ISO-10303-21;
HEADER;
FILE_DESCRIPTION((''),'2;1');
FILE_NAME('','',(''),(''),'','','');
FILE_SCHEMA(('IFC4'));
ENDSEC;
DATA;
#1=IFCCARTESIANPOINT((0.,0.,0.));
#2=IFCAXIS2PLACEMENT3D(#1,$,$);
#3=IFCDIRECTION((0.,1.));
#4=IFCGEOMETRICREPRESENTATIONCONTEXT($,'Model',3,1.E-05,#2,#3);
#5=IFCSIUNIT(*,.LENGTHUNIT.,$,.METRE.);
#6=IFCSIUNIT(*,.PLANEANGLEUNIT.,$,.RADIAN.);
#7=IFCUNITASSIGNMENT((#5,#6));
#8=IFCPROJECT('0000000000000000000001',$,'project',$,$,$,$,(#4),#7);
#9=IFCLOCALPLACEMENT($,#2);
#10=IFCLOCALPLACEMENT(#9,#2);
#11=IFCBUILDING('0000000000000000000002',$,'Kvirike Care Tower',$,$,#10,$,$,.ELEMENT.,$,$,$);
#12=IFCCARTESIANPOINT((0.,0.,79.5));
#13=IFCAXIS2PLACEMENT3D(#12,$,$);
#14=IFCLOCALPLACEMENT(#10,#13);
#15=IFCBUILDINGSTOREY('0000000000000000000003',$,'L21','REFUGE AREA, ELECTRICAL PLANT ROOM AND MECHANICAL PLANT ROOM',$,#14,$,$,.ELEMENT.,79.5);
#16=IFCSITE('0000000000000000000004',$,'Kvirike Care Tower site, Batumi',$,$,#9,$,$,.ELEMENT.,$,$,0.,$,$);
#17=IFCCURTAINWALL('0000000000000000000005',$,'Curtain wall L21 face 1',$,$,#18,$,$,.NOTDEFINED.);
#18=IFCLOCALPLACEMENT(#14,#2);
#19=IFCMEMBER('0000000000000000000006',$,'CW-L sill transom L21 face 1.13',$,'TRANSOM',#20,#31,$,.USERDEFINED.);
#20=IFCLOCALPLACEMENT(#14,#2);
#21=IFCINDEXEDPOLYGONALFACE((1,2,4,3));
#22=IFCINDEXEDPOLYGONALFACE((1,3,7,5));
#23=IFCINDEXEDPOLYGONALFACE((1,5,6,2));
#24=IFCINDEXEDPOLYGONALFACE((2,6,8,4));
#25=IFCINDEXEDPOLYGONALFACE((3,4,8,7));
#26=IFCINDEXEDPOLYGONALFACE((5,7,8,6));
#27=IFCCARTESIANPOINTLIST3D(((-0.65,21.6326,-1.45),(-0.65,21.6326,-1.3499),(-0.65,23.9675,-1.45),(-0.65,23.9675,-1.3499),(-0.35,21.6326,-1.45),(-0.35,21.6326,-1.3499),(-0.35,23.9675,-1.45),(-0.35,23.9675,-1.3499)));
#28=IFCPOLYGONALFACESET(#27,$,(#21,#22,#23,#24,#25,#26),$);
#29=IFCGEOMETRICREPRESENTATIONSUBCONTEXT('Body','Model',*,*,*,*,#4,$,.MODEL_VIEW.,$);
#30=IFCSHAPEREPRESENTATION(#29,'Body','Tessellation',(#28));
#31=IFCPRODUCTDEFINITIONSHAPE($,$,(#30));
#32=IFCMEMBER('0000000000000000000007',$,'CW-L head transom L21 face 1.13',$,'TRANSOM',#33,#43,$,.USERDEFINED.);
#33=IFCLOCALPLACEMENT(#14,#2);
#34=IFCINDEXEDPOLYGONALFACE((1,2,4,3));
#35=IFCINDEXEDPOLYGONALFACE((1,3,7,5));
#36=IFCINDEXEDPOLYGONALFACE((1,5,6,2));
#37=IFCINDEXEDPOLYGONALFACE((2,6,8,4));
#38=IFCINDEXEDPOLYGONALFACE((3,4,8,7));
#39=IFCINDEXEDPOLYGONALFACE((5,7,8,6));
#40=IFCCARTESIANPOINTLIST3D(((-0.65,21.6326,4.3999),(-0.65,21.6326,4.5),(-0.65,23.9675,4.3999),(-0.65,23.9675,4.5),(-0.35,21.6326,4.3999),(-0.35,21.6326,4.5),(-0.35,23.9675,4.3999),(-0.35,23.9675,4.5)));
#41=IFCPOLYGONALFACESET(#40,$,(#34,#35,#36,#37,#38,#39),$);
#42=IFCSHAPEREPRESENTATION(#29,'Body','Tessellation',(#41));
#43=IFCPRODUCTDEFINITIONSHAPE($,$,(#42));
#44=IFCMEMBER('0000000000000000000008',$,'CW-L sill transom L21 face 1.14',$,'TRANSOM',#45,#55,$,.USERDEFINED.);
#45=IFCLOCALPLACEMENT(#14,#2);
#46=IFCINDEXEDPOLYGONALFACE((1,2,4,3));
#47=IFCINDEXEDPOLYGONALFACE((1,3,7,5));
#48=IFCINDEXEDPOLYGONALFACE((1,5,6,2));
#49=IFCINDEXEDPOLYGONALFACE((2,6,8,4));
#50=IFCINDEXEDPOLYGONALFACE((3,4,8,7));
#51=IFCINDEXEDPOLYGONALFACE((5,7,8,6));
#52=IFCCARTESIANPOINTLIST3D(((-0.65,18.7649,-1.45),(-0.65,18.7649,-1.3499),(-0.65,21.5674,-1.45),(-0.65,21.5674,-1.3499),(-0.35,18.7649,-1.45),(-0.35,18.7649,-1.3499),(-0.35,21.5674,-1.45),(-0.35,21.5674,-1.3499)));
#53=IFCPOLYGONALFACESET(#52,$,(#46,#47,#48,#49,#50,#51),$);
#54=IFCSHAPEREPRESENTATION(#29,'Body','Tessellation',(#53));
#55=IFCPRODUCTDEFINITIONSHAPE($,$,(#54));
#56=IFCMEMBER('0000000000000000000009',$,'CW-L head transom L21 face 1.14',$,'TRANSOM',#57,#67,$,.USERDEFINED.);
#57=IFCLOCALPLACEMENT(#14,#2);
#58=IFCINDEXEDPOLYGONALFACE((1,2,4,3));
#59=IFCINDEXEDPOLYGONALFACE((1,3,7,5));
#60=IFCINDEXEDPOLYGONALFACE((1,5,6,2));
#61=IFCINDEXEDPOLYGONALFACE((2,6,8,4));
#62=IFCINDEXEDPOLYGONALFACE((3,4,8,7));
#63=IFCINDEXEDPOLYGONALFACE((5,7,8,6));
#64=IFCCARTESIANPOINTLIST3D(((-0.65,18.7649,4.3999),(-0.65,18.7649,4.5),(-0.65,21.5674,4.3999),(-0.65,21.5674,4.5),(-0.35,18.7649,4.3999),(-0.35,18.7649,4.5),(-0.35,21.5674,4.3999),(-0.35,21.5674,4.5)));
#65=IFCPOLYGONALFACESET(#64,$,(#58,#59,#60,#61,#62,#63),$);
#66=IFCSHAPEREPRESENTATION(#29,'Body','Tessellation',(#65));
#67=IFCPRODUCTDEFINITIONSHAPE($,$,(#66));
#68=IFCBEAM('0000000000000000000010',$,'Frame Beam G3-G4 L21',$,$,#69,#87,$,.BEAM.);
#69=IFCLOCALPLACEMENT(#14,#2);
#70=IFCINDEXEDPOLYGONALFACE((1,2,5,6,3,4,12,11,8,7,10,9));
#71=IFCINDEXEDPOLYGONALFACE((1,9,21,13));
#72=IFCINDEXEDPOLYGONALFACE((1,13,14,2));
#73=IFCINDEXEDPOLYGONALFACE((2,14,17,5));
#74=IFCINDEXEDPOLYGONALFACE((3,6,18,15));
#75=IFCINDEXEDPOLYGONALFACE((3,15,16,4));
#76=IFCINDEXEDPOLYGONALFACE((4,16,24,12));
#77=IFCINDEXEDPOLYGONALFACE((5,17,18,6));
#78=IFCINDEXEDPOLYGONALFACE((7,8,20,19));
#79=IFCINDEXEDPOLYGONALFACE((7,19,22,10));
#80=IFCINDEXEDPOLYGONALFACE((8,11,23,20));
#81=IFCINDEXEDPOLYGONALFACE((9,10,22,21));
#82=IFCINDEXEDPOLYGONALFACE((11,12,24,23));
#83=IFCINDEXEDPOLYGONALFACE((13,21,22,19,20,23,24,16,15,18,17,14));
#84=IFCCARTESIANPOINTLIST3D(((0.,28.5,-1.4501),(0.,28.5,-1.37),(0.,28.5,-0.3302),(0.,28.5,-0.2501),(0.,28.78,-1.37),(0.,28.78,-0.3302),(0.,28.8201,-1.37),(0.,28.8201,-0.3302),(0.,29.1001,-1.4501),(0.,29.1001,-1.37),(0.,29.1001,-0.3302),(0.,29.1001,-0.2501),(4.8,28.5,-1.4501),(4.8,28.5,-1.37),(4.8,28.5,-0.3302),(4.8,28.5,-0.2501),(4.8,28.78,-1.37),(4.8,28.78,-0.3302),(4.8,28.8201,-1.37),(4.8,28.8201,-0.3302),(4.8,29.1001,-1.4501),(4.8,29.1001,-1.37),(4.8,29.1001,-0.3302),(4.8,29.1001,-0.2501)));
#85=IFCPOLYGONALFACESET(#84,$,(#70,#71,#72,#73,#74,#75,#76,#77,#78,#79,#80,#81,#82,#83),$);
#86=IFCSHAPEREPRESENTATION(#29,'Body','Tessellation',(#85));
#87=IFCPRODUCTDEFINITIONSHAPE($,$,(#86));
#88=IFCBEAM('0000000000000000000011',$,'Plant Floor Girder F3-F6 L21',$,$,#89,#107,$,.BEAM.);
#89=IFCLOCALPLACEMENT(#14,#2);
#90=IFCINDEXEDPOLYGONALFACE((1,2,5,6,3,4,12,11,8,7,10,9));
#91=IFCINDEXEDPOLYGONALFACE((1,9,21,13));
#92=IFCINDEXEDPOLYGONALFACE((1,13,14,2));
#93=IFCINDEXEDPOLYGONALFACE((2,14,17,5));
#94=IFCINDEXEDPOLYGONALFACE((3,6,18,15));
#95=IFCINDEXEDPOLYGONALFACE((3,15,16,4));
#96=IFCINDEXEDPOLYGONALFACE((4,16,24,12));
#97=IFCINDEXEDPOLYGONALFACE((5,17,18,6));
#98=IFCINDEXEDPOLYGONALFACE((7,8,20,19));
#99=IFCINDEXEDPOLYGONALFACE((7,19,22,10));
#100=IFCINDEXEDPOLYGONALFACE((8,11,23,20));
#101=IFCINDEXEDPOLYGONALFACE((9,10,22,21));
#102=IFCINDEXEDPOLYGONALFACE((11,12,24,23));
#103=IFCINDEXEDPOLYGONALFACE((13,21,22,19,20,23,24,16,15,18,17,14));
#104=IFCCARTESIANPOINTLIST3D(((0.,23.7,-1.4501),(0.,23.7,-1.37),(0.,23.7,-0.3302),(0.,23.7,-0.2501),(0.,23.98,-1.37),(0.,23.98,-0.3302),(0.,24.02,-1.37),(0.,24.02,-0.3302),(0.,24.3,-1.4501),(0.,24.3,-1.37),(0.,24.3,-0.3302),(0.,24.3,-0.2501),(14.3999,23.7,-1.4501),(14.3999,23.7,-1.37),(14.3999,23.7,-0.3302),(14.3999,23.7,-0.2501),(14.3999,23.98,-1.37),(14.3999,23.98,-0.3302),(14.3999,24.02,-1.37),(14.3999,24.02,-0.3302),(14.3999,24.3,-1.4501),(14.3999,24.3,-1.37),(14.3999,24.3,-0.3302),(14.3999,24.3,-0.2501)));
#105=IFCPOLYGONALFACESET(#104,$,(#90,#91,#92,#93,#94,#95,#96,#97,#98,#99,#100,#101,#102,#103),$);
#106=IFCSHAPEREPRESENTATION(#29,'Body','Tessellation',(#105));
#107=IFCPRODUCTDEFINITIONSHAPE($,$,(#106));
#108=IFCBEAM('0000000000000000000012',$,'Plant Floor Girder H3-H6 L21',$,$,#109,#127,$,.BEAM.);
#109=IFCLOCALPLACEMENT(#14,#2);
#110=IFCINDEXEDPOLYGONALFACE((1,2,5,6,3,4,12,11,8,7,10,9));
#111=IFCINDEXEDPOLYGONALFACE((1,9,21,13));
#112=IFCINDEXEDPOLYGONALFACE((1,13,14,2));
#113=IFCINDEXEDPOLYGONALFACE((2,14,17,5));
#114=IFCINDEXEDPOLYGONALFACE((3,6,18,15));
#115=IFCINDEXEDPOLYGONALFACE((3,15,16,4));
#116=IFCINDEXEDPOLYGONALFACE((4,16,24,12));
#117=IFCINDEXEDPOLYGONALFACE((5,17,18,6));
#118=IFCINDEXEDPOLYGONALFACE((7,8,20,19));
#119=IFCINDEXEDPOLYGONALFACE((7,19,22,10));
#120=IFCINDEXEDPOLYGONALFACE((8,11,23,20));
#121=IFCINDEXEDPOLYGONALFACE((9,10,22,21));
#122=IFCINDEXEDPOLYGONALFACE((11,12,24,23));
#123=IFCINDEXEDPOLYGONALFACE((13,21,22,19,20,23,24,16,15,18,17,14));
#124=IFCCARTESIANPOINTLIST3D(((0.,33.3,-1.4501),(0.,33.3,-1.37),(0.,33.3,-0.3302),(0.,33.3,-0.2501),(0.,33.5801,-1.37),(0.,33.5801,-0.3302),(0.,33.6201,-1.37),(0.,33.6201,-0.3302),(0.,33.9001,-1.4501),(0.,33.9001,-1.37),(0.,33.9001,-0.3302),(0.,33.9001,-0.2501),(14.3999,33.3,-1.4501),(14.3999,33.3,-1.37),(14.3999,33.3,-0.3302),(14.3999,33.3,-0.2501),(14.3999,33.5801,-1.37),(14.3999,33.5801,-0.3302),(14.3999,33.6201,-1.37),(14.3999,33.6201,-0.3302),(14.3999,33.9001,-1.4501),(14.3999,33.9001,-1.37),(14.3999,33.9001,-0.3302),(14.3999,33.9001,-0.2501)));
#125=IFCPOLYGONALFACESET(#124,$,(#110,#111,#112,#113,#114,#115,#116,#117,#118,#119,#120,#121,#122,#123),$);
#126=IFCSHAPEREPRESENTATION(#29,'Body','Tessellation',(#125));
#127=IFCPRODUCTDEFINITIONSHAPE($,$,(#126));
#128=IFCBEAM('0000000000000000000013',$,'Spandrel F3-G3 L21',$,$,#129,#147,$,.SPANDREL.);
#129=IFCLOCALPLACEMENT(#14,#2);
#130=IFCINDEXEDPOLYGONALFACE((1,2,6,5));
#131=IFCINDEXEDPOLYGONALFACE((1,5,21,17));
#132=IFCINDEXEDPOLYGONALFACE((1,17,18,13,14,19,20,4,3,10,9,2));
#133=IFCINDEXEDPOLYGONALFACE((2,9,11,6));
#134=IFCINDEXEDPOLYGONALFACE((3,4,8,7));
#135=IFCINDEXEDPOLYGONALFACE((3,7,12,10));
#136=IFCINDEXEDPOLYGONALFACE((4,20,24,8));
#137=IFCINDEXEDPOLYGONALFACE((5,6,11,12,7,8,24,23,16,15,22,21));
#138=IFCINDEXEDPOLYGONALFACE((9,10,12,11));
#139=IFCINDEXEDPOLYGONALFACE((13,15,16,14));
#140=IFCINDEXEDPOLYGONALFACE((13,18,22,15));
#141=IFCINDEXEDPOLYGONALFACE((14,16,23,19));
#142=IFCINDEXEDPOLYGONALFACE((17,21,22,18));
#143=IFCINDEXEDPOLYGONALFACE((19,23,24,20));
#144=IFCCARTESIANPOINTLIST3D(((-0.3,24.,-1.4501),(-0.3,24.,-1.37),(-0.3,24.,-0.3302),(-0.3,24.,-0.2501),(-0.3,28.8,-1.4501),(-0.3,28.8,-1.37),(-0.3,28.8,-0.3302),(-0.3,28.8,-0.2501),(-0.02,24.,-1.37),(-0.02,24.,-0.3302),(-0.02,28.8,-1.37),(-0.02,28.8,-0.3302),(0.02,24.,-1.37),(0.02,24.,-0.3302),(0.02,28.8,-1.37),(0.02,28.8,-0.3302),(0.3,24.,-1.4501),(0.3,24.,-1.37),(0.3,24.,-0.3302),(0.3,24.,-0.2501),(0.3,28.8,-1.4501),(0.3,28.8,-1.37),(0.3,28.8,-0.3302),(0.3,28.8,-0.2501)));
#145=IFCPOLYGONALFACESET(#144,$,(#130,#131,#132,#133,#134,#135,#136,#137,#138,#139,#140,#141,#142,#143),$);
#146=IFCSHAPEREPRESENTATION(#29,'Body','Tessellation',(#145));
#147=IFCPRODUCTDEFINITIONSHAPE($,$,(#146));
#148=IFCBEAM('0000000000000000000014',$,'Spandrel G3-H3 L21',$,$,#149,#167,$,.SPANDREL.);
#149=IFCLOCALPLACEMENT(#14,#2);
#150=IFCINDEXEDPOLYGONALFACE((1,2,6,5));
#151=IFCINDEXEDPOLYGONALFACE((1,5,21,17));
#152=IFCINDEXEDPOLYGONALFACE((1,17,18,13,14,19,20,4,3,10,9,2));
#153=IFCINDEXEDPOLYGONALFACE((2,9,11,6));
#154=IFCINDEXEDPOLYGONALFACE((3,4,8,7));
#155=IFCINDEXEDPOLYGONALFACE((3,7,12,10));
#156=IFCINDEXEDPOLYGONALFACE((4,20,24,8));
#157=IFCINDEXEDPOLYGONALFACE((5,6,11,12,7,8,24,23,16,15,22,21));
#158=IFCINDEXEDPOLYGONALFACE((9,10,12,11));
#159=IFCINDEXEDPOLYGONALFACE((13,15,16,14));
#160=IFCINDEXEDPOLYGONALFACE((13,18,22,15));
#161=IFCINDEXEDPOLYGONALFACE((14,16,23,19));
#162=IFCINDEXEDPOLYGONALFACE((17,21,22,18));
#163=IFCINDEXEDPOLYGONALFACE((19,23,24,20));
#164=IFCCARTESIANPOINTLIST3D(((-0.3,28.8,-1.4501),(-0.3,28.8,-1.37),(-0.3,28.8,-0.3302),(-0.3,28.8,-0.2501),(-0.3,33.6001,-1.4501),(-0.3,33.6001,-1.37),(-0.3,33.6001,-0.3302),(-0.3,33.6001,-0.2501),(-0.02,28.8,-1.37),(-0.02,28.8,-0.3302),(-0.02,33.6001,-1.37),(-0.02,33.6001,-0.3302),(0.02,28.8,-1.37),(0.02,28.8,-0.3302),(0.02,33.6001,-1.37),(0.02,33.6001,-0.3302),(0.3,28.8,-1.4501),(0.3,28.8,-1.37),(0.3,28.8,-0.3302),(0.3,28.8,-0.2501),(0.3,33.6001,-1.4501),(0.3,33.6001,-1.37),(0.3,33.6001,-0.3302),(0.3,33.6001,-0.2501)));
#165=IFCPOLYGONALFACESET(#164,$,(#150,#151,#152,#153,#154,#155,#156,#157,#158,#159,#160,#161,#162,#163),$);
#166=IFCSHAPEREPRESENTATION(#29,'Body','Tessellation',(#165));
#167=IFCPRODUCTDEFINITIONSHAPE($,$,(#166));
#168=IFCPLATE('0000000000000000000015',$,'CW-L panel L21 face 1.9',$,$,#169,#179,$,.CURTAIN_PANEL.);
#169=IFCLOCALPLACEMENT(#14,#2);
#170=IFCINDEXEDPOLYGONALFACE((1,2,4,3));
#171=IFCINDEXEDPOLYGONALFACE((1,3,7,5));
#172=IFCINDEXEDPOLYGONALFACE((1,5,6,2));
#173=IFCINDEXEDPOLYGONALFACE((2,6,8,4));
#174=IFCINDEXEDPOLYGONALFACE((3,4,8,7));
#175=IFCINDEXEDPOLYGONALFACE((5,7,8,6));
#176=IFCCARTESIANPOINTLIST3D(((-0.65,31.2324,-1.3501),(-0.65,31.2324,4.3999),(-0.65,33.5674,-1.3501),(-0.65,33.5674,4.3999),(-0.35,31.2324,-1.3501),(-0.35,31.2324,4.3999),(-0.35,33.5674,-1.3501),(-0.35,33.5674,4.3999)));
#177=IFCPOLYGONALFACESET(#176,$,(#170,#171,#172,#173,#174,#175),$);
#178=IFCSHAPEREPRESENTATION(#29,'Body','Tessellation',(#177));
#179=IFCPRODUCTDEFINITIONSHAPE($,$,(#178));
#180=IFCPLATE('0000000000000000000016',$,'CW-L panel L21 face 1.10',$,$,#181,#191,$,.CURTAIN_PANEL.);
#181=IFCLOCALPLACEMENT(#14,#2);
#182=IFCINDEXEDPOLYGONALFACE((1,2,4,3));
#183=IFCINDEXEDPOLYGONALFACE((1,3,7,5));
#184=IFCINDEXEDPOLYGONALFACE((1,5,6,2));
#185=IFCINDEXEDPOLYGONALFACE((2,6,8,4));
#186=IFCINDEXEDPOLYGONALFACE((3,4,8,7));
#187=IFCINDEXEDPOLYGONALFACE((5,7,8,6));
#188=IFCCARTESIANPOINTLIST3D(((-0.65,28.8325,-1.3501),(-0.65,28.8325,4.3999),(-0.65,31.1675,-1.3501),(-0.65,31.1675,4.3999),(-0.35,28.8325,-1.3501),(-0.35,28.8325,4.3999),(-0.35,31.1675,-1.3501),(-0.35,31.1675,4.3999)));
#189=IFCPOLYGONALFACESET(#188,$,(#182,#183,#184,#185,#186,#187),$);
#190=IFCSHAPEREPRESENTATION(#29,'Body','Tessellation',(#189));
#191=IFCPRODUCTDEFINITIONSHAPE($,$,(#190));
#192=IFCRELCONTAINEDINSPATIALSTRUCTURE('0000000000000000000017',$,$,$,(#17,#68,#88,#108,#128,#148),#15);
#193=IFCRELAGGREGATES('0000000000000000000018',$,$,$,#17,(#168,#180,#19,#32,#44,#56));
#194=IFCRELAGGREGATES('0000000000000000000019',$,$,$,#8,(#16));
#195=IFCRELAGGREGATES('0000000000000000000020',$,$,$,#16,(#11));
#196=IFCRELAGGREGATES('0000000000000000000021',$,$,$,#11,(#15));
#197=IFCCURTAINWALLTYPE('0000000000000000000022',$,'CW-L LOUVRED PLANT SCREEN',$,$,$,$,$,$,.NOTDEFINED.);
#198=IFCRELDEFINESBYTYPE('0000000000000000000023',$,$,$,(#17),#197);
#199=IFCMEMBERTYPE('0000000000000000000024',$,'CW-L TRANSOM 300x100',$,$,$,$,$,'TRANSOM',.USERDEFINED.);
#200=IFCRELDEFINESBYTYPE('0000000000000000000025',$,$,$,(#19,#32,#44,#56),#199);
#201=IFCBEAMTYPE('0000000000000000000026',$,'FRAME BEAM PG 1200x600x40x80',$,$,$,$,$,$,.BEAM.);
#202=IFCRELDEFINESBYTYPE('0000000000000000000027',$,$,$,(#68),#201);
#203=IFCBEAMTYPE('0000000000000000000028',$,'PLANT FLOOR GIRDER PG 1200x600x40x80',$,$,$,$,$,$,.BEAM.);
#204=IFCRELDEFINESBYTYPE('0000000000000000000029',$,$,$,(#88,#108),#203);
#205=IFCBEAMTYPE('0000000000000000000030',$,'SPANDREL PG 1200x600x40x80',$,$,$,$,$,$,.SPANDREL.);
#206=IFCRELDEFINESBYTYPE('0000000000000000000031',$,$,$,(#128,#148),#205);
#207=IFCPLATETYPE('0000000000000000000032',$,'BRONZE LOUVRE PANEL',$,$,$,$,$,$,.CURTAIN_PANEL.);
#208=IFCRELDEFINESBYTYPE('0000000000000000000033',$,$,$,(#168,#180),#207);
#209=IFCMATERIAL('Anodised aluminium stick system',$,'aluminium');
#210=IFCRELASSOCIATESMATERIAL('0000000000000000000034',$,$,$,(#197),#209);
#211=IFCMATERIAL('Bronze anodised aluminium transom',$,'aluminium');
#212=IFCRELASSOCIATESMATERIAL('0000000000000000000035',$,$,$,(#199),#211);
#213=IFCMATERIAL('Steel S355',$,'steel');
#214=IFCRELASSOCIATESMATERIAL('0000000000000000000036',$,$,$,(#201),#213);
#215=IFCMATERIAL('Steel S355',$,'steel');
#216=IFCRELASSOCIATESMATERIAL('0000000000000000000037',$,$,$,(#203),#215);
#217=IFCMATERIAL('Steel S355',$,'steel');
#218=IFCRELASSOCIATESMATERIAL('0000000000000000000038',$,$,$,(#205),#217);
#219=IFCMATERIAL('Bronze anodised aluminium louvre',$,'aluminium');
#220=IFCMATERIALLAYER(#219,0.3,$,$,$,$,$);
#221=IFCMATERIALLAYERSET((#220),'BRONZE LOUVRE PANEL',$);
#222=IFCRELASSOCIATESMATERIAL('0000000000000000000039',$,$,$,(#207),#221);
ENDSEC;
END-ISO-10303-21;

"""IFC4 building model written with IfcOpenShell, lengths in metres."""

from ifc_helpers import new_model, si_unit, direction, frame, origin, origin_2d, place, context, subcontext, project, spatial, rectangle, i_section, extrude, material, layer, layer_set, material_profile, profile_set, type_object, element, aggregate, save


model = new_model("IFC4")

# Units and contexts
model_context = context("Model", 3, precision=1e-05, world=origin(), true_north=direction((0.0, 1.0)))
body_context = subcontext(model_context, "Body", "Model", "MODEL_VIEW")
ifc_project = project(units=[si_unit("LENGTHUNIT", "METRE"), si_unit("PLANEANGLEUNIT", "RADIAN")], contexts=[model_context])

# Site, building, storey
site_placement = place(None, origin())
site = spatial("IfcSite", under=ifc_project, at=site_placement, Name="Kvirike Care Tower site, Batumi", CompositionType="ELEMENT", RefElevation=0.0)
building_placement = place(site_placement, origin())
building = spatial("IfcBuilding", under=site, at=building_placement, Name="Kvirike Care Tower", CompositionType="ELEMENT")
storey_placement = place(building_placement, frame((0.0, 0.0, 79.5)))
storey = spatial("IfcBuildingStorey", under=building, at=storey_placement, Name="L21", Description="REFUGE AREA, ELECTRICAL PLANT ROOM AND MECHANICAL PLANT ROOM", CompositionType="ELEMENT", Elevation=79.5)

# Curtain wall, members
ifc_material_1 = material(Name="Anodised aluminium stick system", Category="aluminium")
curtain_wall_type = type_object("IfcCurtainWallType", Name="CW-L LOUVRED PLANT SCREEN", PredefinedType="NOTDEFINED", material=ifc_material_1)
curtain_wall_placement = place(storey_placement, origin())
curtain_wall = element("IfcCurtainWall", 1, at=curtain_wall_placement, inside=storey, type_object=curtain_wall_type, Name="Curtain wall L21 face 1", PredefinedType="NOTDEFINED")
ifc_material_2 = material(Name="Bronze anodised aluminium transom", Category="aluminium")
ifc_material_profile_1 = material_profile(ifc_material_2, rectangle(XDim=0.3, YDim=0.1001, at=origin_2d()), Name="CW-L TRANSOM 300x100")
ifc_profile_set_1 = profile_set([ifc_material_profile_1], Name="Bronze anodised aluminium transom")
member_type_1 = type_object("IfcMemberType", Name="CW-L TRANSOM 300x100", ElementType="TRANSOM", PredefinedType="USERDEFINED", material=ifc_profile_set_1)
member_1_placement = place(storey_placement, frame((-0.5, 23.9675, -1.3999), z_axis=(0.0, -1.0, 0.0), x_axis=(1.0, 0.0, 0.0)))
member_1 = element("IfcMember", 2, at=member_1_placement, type_object=member_type_1, Name="CW-L sill transom L21 face 1.13", ObjectType="TRANSOM", PredefinedType="USERDEFINED", context=body_context, shape_type="SweptSolid", body=[
    extrude(rectangle(XDim=0.3, YDim=0.1001, at=origin_2d()), origin(), (0.0, 0.0, 1.0), 2.335),
])
member_2_placement = place(storey_placement, frame((-0.5, 23.9675, 4.45), z_axis=(0.0, -1.0, 0.0), x_axis=(1.0, 0.0, 0.0)))
member_2 = element("IfcMember", 3, at=member_2_placement, type_object=member_type_1, Name="CW-L head transom L21 face 1.13", ObjectType="TRANSOM", PredefinedType="USERDEFINED", context=body_context, shape_type="SweptSolid", body=[
    extrude(rectangle(XDim=0.3, YDim=0.1001, at=origin_2d()), origin(), (0.0, 0.0, 1.0), 2.335),
])
member_3_placement = place(storey_placement, frame((-0.5, 21.5674, -1.3999), z_axis=(0.0, -1.0, 0.0), x_axis=(1.0, 0.0, 0.0)))
member_3 = element("IfcMember", 4, at=member_3_placement, type_object=member_type_1, Name="CW-L sill transom L21 face 1.14", ObjectType="TRANSOM", PredefinedType="USERDEFINED", context=body_context, shape_type="SweptSolid", body=[
    extrude(rectangle(XDim=0.3, YDim=0.1001, at=origin_2d()), origin(), (0.0, 0.0, 1.0), 2.8025),
])
member_4_placement = place(storey_placement, frame((-0.5, 21.5674, 4.45), z_axis=(0.0, -1.0, 0.0), x_axis=(1.0, 0.0, 0.0)))
member_4 = element("IfcMember", 5, at=member_4_placement, type_object=member_type_1, Name="CW-L head transom L21 face 1.14", ObjectType="TRANSOM", PredefinedType="USERDEFINED", context=body_context, shape_type="SweptSolid", body=[
    extrude(rectangle(XDim=0.3, YDim=0.1001, at=origin_2d()), origin(), (0.0, 0.0, 1.0), 2.8025),
])

# Beams
ifc_material_3 = material(Name="Steel S355", Category="steel")
ifc_material_profile_2 = material_profile(ifc_material_3, i_section(OverallWidth=0.6001, OverallDepth=1.2, WebThickness=0.04, FlangeThickness=0.0801, at=origin_2d()), Name="PG 1200x600x40x80")
ifc_profile_set_2 = profile_set([ifc_material_profile_2], Name="Steel S355")
beam_type_1 = type_object("IfcBeamType", Name="FRAME BEAM PG 1200x600x40x80", PredefinedType="BEAM", material=ifc_profile_set_2)
beam_placement = place(storey_placement, frame((0.0, 28.8, -0.8501), z_axis=(1.0, 0.0, 0.0), x_axis=(0.0, 1.0, 0.0)))
element("IfcBeam", 6, at=beam_placement, inside=storey, type_object=beam_type_1, Name="Frame Beam G3-G4 L21", PredefinedType="BEAM", context=body_context, shape_type="SweptSolid", body=[
    extrude(i_section(OverallWidth=0.6001, OverallDepth=1.2, WebThickness=0.04, FlangeThickness=0.0801, at=origin_2d()), origin(), (0.0, 0.0, 1.0), 4.8),
])
ifc_material_4 = material(Name="Steel S355", Category="steel")
ifc_material_profile_3 = material_profile(ifc_material_4, i_section(OverallWidth=0.6001, OverallDepth=1.2, WebThickness=0.04, FlangeThickness=0.0801, at=origin_2d()), Name="PG 1200x600x40x80")
ifc_profile_set_3 = profile_set([ifc_material_profile_3], Name="Steel S355")
beam_type_2 = type_object("IfcBeamType", Name="PLANT FLOOR GIRDER PG 1200x600x40x80", PredefinedType="BEAM", material=ifc_profile_set_3)
for number, where, z_axis, x_axis, name in (
    (7, (0.0, 24.0, -0.8501), (1.0, 0.0, 0.0), (0.0, 1.0, 0.0), "Plant Floor Girder F3-F6 L21"),
    (8, (0.0, 33.6001, -0.8501), (1.0, 0.0, 0.0), (0.0, 1.0, 0.0), "Plant Floor Girder H3-H6 L21"),
):
    element("IfcBeam", number, at=place(storey_placement, frame(where, z_axis=z_axis, x_axis=x_axis)), inside=storey, type_object=beam_type_2, Name=name, PredefinedType="BEAM", context=body_context, shape_type="SweptSolid", body=[
        extrude(i_section(OverallWidth=0.6001, OverallDepth=1.2, WebThickness=0.04, FlangeThickness=0.0801, at=origin_2d()), origin(), (0.0, 0.0, 1.0), 14.3999),
    ])
ifc_material_5 = material(Name="Steel S355", Category="steel")
ifc_material_profile_4 = material_profile(ifc_material_5, i_section(OverallWidth=0.6001, OverallDepth=1.2, WebThickness=0.04, FlangeThickness=0.0801, at=origin_2d()), Name="PG 1200x600x40x80")
ifc_profile_set_4 = profile_set([ifc_material_profile_4], Name="Steel S355")
beam_type_3 = type_object("IfcBeamType", Name="SPANDREL PG 1200x600x40x80", PredefinedType="SPANDREL", material=ifc_profile_set_4)
for number, where, z_axis, x_axis, name in (
    (9, (0.0, 24.0, -0.8501), (0.0, 1.0, 0.0), (-1.0, 0.0, 0.0), "Spandrel F3-G3 L21"),
    (10, (0.0, 28.8, -0.8501), (0.0, 1.0, 0.0), (-1.0, 0.0, 0.0), "Spandrel G3-H3 L21"),
):
    element("IfcBeam", number, at=place(storey_placement, frame(where, z_axis=z_axis, x_axis=x_axis)), inside=storey, type_object=beam_type_3, Name=name, PredefinedType="SPANDREL", context=body_context, shape_type="SweptSolid", body=[
        extrude(i_section(OverallWidth=0.6001, OverallDepth=1.2, WebThickness=0.04, FlangeThickness=0.0801, at=origin_2d()), origin(), (0.0, 0.0, 1.0), 4.8),
    ])

# Plates
ifc_material_6 = material(Name="Bronze anodised aluminium louvre", Category="aluminium")
ifc_layer_1 = layer(ifc_material_6, 0.3)
ifc_layer_set_1 = layer_set([ifc_layer_1], Name="BRONZE LOUVRE PANEL")
plate_type = type_object("IfcPlateType", Name="BRONZE LOUVRE PANEL", PredefinedType="CURTAIN_PANEL", material=ifc_layer_set_1)
plate_1_placement = place(storey_placement, frame((-0.5, 32.3999, -1.3501), z_axis=(0.0, 0.0, 1.0), x_axis=(0.0, -1.0, 0.0)))
plate_1 = element("IfcPlate", 11, at=plate_1_placement, type_object=plate_type, Name="CW-L panel L21 face 1.9", PredefinedType="CURTAIN_PANEL", context=body_context, shape_type="SweptSolid", body=[
    extrude(rectangle(XDim=2.335, YDim=0.3, at=origin_2d()), origin(), (0.0, 0.0, 1.0), 5.75),
])
plate_2_placement = place(storey_placement, frame((-0.5, 30.0, -1.3501), z_axis=(0.0, 0.0, 1.0), x_axis=(0.0, -1.0, 0.0)))
plate_2 = element("IfcPlate", 12, at=plate_2_placement, type_object=plate_type, Name="CW-L panel L21 face 1.10", PredefinedType="CURTAIN_PANEL", context=body_context, shape_type="SweptSolid", body=[
    extrude(rectangle(XDim=2.335, YDim=0.3, at=origin_2d()), origin(), (0.0, 0.0, 1.0), 5.75),
])
aggregate(curtain_wall, [plate_1, plate_2, member_1, member_2, member_3, member_4])

save(model, "model.ifc")
